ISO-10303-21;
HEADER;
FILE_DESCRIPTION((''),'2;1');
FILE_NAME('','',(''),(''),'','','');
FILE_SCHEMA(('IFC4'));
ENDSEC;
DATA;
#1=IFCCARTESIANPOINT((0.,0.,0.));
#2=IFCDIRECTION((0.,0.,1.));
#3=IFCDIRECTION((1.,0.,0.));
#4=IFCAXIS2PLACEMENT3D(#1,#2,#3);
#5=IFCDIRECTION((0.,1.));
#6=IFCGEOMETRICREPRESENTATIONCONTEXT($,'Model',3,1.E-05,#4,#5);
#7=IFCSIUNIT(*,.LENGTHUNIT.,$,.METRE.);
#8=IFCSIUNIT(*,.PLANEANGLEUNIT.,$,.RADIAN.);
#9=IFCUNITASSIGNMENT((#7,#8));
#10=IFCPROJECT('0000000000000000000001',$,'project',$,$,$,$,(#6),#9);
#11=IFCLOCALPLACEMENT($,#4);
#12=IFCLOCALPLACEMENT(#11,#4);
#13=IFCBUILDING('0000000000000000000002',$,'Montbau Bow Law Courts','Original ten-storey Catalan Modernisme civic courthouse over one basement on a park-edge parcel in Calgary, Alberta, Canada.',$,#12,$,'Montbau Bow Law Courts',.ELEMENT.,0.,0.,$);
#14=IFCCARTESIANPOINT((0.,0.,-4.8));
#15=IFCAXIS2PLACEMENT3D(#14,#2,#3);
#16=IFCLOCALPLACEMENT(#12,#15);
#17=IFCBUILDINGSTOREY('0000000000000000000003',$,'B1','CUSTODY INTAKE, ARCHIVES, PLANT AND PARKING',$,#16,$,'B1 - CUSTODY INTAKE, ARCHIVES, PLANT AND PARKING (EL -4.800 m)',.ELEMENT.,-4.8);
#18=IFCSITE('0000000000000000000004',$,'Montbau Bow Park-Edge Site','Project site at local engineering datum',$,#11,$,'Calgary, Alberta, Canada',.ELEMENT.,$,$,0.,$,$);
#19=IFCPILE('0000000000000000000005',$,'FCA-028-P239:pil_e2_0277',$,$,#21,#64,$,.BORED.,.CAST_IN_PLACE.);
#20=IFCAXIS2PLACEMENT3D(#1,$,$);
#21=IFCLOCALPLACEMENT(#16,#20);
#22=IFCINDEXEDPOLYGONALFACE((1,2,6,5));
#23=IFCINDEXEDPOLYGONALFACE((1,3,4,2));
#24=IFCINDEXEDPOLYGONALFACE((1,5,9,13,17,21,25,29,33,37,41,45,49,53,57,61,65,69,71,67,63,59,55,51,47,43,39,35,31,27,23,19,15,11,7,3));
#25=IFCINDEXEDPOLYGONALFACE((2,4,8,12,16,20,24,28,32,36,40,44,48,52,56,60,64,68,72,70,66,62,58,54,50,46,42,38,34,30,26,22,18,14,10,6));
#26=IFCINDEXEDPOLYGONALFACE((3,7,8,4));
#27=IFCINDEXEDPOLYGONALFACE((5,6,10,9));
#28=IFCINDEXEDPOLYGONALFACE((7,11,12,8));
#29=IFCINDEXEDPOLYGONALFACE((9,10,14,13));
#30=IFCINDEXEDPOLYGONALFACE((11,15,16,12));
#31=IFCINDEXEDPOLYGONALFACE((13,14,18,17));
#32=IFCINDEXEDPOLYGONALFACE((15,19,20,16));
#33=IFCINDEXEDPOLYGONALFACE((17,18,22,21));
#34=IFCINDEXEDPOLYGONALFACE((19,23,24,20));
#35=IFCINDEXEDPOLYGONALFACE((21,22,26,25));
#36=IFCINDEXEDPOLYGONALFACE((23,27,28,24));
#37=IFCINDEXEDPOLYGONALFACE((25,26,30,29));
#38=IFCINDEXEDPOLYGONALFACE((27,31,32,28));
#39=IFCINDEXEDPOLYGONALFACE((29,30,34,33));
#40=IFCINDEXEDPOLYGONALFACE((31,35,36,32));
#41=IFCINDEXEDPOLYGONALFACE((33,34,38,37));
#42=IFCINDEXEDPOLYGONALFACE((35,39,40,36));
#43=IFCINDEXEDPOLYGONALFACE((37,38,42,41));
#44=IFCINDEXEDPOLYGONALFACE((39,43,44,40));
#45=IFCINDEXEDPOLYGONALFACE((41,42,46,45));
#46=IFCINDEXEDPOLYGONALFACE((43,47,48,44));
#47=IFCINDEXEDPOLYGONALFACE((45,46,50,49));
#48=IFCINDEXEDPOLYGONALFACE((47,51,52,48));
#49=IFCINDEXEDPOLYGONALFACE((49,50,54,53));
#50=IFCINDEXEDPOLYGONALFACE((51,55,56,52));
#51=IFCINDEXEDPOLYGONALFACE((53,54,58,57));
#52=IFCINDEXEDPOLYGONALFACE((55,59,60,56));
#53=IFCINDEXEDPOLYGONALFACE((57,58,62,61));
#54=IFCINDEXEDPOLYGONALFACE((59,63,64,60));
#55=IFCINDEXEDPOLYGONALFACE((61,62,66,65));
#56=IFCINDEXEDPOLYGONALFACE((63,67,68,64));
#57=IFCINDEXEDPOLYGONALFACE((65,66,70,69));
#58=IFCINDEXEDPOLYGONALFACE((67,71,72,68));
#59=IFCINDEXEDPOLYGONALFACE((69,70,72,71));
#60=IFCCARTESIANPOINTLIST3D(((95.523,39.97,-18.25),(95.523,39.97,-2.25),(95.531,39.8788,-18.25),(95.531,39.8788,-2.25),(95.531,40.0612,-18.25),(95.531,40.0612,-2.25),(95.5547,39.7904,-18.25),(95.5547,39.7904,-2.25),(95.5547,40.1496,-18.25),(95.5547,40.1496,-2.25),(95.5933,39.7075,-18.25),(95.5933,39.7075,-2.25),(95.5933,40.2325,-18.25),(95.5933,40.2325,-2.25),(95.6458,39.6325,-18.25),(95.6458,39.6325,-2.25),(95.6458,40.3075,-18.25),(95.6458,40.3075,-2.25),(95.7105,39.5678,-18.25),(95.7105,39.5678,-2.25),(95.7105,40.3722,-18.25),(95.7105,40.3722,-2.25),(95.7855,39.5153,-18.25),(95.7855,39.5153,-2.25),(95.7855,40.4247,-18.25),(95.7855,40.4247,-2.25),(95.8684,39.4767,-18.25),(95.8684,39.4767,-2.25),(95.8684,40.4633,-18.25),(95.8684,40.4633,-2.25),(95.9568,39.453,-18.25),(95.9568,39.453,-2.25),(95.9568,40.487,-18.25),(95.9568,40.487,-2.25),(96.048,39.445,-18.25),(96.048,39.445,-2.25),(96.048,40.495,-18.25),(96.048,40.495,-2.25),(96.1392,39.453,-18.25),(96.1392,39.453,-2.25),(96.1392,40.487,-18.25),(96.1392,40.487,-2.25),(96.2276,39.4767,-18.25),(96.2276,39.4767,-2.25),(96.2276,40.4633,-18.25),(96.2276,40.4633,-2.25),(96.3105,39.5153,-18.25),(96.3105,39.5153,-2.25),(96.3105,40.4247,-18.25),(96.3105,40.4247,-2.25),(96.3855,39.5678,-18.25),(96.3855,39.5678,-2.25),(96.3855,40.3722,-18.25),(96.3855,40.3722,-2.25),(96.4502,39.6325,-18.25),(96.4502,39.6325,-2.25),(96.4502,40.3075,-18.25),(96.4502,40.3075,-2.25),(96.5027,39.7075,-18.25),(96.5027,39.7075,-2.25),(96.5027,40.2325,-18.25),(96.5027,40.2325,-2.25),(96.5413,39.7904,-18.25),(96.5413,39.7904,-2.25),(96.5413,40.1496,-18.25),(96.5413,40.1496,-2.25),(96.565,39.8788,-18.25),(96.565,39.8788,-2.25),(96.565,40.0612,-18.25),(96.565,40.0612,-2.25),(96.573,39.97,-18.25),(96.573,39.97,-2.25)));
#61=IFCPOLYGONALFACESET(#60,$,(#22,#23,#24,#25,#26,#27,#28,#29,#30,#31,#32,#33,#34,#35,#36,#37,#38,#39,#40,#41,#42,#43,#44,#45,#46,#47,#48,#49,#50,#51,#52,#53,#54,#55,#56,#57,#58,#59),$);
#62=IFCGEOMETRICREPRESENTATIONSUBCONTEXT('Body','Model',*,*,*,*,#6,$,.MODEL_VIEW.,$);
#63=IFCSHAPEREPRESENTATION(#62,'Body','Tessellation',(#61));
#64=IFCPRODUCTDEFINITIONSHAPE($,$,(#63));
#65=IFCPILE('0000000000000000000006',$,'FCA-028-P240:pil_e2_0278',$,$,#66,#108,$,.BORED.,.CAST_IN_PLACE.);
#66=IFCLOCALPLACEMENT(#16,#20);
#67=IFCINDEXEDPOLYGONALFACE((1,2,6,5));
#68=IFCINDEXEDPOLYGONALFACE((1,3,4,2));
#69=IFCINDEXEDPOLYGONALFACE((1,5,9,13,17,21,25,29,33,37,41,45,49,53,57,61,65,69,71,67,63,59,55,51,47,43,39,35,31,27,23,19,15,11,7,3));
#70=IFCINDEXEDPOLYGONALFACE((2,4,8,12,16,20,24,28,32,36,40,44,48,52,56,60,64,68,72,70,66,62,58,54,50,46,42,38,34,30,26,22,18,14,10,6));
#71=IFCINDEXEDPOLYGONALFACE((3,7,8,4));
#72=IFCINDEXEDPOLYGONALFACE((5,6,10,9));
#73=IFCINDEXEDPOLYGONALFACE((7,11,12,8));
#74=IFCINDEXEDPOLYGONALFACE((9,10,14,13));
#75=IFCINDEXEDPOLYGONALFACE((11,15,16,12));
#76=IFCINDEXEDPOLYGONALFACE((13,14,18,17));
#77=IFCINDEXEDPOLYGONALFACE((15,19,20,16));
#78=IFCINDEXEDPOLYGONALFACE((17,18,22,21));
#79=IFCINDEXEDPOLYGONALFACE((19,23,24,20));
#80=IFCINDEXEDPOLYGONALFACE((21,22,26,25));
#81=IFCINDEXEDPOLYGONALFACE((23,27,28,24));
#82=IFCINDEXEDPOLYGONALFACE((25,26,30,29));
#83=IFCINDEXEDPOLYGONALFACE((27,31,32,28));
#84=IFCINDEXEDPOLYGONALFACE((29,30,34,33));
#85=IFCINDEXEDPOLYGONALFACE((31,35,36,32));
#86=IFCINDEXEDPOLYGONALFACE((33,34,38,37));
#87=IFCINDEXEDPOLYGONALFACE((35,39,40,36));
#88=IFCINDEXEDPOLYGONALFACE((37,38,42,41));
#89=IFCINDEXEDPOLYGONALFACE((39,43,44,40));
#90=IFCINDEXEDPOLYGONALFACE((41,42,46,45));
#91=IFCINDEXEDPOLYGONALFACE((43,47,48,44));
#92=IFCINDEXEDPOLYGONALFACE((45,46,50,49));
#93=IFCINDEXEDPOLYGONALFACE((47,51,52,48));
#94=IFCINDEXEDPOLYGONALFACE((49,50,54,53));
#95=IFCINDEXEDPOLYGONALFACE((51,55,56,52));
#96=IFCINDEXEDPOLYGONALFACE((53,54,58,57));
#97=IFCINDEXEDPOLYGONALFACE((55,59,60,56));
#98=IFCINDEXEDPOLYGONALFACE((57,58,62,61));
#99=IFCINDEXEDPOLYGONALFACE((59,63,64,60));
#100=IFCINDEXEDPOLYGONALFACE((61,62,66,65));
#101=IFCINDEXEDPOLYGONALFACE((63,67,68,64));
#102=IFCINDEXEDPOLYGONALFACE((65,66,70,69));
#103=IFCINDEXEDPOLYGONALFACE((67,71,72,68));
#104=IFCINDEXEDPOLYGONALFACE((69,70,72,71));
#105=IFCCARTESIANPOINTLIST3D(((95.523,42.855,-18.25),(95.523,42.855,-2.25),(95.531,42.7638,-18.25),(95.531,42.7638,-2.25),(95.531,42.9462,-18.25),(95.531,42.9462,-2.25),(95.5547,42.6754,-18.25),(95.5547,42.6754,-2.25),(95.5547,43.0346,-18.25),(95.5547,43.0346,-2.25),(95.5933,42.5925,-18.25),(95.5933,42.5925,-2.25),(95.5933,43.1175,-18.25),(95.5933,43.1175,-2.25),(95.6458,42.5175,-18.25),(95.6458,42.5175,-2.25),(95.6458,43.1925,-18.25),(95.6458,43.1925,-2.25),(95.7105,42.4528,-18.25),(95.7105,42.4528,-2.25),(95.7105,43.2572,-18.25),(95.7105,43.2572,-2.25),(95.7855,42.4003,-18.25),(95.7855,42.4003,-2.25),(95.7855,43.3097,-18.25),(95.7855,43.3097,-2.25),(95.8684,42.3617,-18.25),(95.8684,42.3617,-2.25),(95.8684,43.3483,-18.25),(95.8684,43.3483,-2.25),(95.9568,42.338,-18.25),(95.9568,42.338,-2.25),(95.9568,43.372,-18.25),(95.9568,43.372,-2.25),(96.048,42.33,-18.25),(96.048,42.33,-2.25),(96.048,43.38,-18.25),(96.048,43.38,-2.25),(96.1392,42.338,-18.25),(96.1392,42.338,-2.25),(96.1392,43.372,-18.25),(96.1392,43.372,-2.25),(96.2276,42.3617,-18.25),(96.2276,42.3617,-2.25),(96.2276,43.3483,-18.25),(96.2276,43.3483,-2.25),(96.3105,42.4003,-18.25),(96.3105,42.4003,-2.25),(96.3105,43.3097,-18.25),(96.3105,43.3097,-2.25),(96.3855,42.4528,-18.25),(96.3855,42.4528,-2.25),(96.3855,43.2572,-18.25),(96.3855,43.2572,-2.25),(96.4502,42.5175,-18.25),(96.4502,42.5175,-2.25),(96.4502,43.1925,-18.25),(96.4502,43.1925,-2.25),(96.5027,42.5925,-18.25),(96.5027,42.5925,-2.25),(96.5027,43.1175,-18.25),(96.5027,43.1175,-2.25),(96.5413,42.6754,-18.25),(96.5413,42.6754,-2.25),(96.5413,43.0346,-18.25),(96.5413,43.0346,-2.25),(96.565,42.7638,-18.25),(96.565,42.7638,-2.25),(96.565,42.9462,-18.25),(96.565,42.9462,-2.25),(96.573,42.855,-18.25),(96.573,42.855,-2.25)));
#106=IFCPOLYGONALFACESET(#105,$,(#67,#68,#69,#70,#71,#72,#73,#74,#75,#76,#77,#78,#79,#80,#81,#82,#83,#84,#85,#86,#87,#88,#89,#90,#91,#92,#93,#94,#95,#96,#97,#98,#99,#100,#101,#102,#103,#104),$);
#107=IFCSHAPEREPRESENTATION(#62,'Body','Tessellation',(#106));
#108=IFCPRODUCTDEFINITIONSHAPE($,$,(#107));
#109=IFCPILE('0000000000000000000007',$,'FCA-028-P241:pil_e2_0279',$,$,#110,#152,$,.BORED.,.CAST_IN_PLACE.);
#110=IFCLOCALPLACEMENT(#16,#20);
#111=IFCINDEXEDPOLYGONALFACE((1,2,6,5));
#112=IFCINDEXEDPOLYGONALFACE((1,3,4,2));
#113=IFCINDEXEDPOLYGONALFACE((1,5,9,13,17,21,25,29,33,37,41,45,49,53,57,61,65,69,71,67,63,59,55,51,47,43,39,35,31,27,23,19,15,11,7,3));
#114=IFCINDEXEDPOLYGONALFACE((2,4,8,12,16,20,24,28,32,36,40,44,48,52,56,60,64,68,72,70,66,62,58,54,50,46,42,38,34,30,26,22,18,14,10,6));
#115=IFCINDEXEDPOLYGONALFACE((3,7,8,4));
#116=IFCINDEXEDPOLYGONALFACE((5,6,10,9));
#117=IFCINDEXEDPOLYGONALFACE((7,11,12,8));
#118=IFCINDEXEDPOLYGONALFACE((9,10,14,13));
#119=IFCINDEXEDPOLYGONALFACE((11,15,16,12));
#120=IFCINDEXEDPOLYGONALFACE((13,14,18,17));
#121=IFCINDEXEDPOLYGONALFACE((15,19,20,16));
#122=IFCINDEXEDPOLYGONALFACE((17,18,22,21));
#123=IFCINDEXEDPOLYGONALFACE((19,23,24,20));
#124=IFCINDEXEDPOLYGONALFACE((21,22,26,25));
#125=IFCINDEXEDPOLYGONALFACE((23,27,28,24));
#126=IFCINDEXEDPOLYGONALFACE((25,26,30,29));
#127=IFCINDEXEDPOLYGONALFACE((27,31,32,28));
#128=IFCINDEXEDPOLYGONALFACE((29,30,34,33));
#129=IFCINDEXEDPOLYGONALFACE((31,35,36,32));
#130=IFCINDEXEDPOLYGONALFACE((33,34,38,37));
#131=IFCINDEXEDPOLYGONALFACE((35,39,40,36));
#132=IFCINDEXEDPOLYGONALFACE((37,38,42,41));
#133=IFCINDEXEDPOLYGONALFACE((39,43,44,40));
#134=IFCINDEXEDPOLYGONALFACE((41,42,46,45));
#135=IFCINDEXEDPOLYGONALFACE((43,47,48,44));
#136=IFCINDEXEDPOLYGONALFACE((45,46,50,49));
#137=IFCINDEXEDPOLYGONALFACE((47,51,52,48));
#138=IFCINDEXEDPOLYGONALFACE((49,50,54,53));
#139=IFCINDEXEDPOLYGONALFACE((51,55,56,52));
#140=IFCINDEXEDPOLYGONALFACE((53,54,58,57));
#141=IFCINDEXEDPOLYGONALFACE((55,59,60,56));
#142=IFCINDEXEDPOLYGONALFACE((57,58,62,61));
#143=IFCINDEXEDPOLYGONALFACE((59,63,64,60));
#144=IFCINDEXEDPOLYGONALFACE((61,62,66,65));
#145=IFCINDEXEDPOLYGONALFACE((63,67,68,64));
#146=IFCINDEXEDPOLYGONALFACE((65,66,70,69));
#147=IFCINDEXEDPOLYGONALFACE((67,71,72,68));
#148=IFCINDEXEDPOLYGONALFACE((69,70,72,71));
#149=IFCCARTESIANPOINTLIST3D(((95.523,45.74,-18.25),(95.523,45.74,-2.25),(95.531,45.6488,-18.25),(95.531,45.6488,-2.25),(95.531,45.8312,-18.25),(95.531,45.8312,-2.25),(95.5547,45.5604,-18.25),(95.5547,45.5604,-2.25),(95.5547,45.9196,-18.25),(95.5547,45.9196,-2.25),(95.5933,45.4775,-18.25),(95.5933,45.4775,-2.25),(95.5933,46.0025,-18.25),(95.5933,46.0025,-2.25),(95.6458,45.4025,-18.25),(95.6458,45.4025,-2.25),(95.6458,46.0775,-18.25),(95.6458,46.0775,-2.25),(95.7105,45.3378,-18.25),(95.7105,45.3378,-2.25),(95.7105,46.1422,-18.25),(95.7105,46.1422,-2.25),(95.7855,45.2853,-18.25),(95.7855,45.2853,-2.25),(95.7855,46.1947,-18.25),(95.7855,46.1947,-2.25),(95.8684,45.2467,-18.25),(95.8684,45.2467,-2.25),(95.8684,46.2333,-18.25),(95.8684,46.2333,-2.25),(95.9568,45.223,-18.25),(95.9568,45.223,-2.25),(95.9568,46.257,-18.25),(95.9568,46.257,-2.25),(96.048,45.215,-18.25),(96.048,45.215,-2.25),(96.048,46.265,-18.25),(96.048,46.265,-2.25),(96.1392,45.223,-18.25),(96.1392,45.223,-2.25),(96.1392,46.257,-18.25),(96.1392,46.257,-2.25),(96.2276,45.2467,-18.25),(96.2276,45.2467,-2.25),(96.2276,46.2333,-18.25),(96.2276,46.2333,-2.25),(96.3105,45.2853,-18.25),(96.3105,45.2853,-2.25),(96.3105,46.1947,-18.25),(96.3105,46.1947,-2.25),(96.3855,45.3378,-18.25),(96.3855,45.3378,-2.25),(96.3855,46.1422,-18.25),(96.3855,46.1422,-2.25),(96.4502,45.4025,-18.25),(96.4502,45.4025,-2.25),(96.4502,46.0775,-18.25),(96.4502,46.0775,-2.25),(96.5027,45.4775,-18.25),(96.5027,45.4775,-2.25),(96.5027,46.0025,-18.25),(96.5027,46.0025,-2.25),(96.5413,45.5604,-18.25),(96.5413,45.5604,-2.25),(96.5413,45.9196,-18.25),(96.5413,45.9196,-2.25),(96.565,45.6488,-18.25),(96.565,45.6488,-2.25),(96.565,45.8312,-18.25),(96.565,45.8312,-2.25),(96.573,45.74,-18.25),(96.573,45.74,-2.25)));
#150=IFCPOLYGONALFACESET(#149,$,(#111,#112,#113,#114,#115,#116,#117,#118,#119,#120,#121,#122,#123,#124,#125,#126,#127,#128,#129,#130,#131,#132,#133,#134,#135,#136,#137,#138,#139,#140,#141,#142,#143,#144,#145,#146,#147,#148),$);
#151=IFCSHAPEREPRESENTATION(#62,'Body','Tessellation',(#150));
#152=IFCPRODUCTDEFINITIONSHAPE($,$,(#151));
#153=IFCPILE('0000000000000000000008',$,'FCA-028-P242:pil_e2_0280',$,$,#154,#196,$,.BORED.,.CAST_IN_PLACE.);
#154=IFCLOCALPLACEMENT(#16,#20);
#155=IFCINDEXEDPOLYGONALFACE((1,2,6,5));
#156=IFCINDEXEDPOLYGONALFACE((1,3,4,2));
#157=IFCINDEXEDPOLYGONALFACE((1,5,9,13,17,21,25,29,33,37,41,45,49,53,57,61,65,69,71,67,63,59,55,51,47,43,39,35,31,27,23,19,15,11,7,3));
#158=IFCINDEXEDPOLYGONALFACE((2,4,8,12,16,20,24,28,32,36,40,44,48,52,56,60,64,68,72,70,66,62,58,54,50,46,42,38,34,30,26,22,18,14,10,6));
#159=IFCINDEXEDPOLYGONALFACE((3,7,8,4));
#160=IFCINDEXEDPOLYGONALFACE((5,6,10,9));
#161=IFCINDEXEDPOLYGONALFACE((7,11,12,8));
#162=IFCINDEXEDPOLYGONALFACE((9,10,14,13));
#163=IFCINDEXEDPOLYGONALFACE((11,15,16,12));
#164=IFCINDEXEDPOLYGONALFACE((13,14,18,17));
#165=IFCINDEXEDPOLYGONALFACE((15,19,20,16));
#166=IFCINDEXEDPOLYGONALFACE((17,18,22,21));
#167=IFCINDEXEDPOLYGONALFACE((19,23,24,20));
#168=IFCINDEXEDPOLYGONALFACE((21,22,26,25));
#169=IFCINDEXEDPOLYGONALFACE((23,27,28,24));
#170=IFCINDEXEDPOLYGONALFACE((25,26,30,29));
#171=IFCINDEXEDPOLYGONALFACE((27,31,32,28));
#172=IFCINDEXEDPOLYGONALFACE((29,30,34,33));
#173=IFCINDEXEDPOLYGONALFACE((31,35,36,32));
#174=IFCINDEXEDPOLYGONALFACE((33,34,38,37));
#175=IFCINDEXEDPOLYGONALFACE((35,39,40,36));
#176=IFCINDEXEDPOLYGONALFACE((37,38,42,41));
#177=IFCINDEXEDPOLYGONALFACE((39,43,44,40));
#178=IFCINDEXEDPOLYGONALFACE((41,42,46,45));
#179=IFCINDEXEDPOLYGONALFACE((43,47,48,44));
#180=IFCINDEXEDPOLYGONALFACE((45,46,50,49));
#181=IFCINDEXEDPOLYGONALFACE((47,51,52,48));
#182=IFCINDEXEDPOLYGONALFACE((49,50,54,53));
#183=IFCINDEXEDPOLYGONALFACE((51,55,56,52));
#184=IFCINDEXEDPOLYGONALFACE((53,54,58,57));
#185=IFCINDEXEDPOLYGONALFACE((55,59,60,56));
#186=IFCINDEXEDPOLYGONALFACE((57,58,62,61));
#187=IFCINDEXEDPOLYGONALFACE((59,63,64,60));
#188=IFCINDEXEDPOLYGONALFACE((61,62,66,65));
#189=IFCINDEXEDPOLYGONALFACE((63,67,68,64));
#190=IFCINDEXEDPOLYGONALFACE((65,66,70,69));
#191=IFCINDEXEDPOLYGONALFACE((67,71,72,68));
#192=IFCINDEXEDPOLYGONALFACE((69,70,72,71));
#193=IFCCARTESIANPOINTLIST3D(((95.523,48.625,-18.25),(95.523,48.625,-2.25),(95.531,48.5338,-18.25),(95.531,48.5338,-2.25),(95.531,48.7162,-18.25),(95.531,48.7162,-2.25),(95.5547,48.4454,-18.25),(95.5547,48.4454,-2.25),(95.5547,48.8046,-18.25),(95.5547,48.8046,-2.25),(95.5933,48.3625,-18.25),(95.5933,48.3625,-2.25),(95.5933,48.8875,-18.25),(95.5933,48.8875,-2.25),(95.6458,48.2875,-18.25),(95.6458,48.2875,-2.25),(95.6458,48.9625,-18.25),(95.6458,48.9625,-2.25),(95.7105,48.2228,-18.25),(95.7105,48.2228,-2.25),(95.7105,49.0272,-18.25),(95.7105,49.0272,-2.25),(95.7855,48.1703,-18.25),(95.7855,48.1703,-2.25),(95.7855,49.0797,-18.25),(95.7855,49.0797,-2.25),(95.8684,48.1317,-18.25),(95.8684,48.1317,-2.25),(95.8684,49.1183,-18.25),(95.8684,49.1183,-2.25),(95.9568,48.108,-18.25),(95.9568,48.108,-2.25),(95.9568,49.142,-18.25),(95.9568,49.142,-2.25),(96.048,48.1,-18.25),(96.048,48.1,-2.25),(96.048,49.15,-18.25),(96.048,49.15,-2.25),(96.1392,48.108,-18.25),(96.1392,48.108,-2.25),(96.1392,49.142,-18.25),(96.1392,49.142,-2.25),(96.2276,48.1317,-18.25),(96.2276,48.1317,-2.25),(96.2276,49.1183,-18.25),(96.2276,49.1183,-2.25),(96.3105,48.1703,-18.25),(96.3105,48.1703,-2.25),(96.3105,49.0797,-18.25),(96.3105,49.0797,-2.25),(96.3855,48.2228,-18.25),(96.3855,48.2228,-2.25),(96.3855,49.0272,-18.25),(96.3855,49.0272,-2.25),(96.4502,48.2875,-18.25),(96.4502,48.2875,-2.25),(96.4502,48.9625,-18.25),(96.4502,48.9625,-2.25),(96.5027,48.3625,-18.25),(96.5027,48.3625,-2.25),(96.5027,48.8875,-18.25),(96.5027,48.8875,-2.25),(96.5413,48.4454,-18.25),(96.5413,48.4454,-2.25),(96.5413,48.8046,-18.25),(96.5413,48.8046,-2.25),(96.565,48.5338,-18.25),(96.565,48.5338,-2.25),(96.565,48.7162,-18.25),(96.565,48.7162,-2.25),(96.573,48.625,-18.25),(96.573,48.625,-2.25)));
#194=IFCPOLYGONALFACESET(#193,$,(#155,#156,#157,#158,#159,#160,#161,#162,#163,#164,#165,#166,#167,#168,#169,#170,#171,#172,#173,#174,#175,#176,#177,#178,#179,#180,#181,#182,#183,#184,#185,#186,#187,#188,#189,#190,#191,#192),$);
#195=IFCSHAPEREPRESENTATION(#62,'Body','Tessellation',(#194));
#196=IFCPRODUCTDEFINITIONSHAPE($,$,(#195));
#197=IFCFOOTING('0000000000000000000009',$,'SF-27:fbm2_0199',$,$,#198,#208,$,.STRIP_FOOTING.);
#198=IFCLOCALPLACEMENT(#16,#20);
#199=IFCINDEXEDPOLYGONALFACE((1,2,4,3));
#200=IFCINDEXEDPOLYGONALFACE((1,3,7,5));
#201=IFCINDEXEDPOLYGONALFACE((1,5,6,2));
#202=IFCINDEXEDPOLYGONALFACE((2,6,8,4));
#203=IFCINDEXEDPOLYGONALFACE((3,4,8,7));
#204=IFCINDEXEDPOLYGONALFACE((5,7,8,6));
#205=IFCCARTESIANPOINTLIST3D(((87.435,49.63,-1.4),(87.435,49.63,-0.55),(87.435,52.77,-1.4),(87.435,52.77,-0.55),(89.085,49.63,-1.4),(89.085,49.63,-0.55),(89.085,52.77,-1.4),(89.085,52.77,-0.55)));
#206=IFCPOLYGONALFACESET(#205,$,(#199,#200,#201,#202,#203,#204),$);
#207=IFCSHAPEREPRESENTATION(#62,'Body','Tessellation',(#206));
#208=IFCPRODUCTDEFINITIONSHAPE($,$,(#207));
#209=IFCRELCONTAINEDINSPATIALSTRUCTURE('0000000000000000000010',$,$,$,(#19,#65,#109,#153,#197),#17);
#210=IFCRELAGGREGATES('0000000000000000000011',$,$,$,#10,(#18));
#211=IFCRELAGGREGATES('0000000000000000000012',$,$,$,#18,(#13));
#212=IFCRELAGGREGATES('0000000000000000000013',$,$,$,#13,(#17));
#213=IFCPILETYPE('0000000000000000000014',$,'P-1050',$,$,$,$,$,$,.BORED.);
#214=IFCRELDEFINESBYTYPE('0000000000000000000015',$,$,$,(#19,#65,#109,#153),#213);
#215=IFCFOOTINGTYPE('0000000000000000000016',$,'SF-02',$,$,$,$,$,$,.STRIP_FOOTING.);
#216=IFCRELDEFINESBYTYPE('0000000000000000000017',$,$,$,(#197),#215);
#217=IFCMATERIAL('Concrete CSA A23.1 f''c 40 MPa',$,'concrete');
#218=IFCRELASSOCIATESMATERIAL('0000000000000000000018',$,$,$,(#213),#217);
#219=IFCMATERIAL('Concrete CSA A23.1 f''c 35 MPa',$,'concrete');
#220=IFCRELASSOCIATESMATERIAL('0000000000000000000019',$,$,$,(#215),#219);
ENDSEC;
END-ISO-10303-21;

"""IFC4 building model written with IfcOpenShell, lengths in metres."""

from ifc_helpers import new_model, si_unit, direction, frame, origin_with_axes, origin_2d_with_axis, place, context, subcontext, project, spatial, rectangle, circle, extrude, material, material_profile, profile_set, type_object, element, save


model = new_model("IFC4")

# Units and contexts
model_context = context("Model", 3, precision=1e-05, world=origin_with_axes(), true_north=direction((0.0, 1.0)))
body_context = subcontext(model_context, "Body", "Model", "MODEL_VIEW")
ifc_project = project(units=[si_unit("LENGTHUNIT", "METRE"), si_unit("PLANEANGLEUNIT", "RADIAN")], contexts=[model_context])

# Site, building, storey
site_placement = place(None, origin_with_axes())
site = spatial("IfcSite", under=ifc_project, at=site_placement, Name="Montbau Bow Park-Edge Site", Description="Project site at local engineering datum", LongName="Calgary, Alberta, Canada", CompositionType="ELEMENT", RefElevation=0.0)
building_placement = place(site_placement, origin_with_axes())
building = spatial("IfcBuilding", under=site, at=building_placement, Name="Montbau Bow Law Courts", Description="Original ten-storey Catalan Modernisme civic courthouse over one basement on a park-edge parcel in Calgary, Alberta, Canada.", LongName="Montbau Bow Law Courts", CompositionType="ELEMENT", ElevationOfRefHeight=0.0, ElevationOfTerrain=0.0)
storey_placement = place(building_placement, frame((0.0, 0.0, -4.8), z_axis=(0.0, 0.0, 1.0), x_axis=(1.0, 0.0, 0.0)))
storey = spatial("IfcBuildingStorey", under=building, at=storey_placement, Name="B1", Description="CUSTODY INTAKE, ARCHIVES, PLANT AND PARKING", LongName="B1 - CUSTODY INTAKE, ARCHIVES, PLANT AND PARKING (EL -4.800 m)", CompositionType="ELEMENT", Elevation=-4.8)

# Piles
ifc_material_1 = material(Name="Concrete CSA A23.1 f'c 40 MPa", Category="concrete")
ifc_material_profile_1 = material_profile(ifc_material_1, circle(Radius=0.525, at=origin_2d_with_axis()), Name="BP1050", Category="Main", Priority=0)
ifc_profile_set_1 = profile_set([ifc_material_profile_1], Name="Concrete CSA A23.1 f'c 40 MPa")
pile_type = type_object("IfcPileType", Name="P-1050", PredefinedType="BORED", material=ifc_profile_set_1)
for number, where, z_axis, x_axis, name in (
    (1, (96.048, 39.97, -23.05), (0.0, 0.0, 1.0), (1.0, 0.0, 0.0), "FCA-028-P239:pil_e2_0277"),
    (2, (96.048, 42.855, -23.05), (0.0, 0.0, 1.0), (1.0, 0.0, 0.0), "FCA-028-P240:pil_e2_0278"),
    (3, (96.048, 45.74, -23.05), (0.0, 0.0, 1.0), (1.0, 0.0, 0.0), "FCA-028-P241:pil_e2_0279"),
    (4, (96.048, 48.625, -23.05), (0.0, 0.0, 1.0), (1.0, 0.0, 0.0), "FCA-028-P242:pil_e2_0280"),
):
    element("IfcPile", number, at=place(None, frame(where, z_axis=z_axis, x_axis=x_axis)), inside=storey, type_object=pile_type, Name=name, ConstructionType="CAST_IN_PLACE", PredefinedType="BORED", context=body_context, shape_type="SweptSolid", body=[
        extrude(circle(Radius=0.525, at=origin_2d_with_axis()), origin_with_axes(), (0.0, 0.0, 1.0), 16.0),
    ])

# Footing
ifc_material_2 = material(Name="Concrete CSA A23.1 f'c 35 MPa", Category="concrete")
footing_type = type_object("IfcFootingType", Name="SF-02", PredefinedType="STRIP_FOOTING", material=ifc_material_2)
footing_placement = place(None, frame((88.26, 51.2, -6.2), z_axis=(0.0, 0.0, 1.0), x_axis=(0.0, 1.0, 0.0)))
element("IfcFooting", 5, at=footing_placement, inside=storey, type_object=footing_type, Name="SF-27:fbm2_0199", PredefinedType="STRIP_FOOTING", context=body_context, shape_type="SweptSolid", body=[
    extrude(rectangle(XDim=3.14, YDim=1.65, at=origin_2d_with_axis()), origin_with_axes(), (0.0, 0.0, 1.0), 0.85),
])

save(model, "model.ifc")
